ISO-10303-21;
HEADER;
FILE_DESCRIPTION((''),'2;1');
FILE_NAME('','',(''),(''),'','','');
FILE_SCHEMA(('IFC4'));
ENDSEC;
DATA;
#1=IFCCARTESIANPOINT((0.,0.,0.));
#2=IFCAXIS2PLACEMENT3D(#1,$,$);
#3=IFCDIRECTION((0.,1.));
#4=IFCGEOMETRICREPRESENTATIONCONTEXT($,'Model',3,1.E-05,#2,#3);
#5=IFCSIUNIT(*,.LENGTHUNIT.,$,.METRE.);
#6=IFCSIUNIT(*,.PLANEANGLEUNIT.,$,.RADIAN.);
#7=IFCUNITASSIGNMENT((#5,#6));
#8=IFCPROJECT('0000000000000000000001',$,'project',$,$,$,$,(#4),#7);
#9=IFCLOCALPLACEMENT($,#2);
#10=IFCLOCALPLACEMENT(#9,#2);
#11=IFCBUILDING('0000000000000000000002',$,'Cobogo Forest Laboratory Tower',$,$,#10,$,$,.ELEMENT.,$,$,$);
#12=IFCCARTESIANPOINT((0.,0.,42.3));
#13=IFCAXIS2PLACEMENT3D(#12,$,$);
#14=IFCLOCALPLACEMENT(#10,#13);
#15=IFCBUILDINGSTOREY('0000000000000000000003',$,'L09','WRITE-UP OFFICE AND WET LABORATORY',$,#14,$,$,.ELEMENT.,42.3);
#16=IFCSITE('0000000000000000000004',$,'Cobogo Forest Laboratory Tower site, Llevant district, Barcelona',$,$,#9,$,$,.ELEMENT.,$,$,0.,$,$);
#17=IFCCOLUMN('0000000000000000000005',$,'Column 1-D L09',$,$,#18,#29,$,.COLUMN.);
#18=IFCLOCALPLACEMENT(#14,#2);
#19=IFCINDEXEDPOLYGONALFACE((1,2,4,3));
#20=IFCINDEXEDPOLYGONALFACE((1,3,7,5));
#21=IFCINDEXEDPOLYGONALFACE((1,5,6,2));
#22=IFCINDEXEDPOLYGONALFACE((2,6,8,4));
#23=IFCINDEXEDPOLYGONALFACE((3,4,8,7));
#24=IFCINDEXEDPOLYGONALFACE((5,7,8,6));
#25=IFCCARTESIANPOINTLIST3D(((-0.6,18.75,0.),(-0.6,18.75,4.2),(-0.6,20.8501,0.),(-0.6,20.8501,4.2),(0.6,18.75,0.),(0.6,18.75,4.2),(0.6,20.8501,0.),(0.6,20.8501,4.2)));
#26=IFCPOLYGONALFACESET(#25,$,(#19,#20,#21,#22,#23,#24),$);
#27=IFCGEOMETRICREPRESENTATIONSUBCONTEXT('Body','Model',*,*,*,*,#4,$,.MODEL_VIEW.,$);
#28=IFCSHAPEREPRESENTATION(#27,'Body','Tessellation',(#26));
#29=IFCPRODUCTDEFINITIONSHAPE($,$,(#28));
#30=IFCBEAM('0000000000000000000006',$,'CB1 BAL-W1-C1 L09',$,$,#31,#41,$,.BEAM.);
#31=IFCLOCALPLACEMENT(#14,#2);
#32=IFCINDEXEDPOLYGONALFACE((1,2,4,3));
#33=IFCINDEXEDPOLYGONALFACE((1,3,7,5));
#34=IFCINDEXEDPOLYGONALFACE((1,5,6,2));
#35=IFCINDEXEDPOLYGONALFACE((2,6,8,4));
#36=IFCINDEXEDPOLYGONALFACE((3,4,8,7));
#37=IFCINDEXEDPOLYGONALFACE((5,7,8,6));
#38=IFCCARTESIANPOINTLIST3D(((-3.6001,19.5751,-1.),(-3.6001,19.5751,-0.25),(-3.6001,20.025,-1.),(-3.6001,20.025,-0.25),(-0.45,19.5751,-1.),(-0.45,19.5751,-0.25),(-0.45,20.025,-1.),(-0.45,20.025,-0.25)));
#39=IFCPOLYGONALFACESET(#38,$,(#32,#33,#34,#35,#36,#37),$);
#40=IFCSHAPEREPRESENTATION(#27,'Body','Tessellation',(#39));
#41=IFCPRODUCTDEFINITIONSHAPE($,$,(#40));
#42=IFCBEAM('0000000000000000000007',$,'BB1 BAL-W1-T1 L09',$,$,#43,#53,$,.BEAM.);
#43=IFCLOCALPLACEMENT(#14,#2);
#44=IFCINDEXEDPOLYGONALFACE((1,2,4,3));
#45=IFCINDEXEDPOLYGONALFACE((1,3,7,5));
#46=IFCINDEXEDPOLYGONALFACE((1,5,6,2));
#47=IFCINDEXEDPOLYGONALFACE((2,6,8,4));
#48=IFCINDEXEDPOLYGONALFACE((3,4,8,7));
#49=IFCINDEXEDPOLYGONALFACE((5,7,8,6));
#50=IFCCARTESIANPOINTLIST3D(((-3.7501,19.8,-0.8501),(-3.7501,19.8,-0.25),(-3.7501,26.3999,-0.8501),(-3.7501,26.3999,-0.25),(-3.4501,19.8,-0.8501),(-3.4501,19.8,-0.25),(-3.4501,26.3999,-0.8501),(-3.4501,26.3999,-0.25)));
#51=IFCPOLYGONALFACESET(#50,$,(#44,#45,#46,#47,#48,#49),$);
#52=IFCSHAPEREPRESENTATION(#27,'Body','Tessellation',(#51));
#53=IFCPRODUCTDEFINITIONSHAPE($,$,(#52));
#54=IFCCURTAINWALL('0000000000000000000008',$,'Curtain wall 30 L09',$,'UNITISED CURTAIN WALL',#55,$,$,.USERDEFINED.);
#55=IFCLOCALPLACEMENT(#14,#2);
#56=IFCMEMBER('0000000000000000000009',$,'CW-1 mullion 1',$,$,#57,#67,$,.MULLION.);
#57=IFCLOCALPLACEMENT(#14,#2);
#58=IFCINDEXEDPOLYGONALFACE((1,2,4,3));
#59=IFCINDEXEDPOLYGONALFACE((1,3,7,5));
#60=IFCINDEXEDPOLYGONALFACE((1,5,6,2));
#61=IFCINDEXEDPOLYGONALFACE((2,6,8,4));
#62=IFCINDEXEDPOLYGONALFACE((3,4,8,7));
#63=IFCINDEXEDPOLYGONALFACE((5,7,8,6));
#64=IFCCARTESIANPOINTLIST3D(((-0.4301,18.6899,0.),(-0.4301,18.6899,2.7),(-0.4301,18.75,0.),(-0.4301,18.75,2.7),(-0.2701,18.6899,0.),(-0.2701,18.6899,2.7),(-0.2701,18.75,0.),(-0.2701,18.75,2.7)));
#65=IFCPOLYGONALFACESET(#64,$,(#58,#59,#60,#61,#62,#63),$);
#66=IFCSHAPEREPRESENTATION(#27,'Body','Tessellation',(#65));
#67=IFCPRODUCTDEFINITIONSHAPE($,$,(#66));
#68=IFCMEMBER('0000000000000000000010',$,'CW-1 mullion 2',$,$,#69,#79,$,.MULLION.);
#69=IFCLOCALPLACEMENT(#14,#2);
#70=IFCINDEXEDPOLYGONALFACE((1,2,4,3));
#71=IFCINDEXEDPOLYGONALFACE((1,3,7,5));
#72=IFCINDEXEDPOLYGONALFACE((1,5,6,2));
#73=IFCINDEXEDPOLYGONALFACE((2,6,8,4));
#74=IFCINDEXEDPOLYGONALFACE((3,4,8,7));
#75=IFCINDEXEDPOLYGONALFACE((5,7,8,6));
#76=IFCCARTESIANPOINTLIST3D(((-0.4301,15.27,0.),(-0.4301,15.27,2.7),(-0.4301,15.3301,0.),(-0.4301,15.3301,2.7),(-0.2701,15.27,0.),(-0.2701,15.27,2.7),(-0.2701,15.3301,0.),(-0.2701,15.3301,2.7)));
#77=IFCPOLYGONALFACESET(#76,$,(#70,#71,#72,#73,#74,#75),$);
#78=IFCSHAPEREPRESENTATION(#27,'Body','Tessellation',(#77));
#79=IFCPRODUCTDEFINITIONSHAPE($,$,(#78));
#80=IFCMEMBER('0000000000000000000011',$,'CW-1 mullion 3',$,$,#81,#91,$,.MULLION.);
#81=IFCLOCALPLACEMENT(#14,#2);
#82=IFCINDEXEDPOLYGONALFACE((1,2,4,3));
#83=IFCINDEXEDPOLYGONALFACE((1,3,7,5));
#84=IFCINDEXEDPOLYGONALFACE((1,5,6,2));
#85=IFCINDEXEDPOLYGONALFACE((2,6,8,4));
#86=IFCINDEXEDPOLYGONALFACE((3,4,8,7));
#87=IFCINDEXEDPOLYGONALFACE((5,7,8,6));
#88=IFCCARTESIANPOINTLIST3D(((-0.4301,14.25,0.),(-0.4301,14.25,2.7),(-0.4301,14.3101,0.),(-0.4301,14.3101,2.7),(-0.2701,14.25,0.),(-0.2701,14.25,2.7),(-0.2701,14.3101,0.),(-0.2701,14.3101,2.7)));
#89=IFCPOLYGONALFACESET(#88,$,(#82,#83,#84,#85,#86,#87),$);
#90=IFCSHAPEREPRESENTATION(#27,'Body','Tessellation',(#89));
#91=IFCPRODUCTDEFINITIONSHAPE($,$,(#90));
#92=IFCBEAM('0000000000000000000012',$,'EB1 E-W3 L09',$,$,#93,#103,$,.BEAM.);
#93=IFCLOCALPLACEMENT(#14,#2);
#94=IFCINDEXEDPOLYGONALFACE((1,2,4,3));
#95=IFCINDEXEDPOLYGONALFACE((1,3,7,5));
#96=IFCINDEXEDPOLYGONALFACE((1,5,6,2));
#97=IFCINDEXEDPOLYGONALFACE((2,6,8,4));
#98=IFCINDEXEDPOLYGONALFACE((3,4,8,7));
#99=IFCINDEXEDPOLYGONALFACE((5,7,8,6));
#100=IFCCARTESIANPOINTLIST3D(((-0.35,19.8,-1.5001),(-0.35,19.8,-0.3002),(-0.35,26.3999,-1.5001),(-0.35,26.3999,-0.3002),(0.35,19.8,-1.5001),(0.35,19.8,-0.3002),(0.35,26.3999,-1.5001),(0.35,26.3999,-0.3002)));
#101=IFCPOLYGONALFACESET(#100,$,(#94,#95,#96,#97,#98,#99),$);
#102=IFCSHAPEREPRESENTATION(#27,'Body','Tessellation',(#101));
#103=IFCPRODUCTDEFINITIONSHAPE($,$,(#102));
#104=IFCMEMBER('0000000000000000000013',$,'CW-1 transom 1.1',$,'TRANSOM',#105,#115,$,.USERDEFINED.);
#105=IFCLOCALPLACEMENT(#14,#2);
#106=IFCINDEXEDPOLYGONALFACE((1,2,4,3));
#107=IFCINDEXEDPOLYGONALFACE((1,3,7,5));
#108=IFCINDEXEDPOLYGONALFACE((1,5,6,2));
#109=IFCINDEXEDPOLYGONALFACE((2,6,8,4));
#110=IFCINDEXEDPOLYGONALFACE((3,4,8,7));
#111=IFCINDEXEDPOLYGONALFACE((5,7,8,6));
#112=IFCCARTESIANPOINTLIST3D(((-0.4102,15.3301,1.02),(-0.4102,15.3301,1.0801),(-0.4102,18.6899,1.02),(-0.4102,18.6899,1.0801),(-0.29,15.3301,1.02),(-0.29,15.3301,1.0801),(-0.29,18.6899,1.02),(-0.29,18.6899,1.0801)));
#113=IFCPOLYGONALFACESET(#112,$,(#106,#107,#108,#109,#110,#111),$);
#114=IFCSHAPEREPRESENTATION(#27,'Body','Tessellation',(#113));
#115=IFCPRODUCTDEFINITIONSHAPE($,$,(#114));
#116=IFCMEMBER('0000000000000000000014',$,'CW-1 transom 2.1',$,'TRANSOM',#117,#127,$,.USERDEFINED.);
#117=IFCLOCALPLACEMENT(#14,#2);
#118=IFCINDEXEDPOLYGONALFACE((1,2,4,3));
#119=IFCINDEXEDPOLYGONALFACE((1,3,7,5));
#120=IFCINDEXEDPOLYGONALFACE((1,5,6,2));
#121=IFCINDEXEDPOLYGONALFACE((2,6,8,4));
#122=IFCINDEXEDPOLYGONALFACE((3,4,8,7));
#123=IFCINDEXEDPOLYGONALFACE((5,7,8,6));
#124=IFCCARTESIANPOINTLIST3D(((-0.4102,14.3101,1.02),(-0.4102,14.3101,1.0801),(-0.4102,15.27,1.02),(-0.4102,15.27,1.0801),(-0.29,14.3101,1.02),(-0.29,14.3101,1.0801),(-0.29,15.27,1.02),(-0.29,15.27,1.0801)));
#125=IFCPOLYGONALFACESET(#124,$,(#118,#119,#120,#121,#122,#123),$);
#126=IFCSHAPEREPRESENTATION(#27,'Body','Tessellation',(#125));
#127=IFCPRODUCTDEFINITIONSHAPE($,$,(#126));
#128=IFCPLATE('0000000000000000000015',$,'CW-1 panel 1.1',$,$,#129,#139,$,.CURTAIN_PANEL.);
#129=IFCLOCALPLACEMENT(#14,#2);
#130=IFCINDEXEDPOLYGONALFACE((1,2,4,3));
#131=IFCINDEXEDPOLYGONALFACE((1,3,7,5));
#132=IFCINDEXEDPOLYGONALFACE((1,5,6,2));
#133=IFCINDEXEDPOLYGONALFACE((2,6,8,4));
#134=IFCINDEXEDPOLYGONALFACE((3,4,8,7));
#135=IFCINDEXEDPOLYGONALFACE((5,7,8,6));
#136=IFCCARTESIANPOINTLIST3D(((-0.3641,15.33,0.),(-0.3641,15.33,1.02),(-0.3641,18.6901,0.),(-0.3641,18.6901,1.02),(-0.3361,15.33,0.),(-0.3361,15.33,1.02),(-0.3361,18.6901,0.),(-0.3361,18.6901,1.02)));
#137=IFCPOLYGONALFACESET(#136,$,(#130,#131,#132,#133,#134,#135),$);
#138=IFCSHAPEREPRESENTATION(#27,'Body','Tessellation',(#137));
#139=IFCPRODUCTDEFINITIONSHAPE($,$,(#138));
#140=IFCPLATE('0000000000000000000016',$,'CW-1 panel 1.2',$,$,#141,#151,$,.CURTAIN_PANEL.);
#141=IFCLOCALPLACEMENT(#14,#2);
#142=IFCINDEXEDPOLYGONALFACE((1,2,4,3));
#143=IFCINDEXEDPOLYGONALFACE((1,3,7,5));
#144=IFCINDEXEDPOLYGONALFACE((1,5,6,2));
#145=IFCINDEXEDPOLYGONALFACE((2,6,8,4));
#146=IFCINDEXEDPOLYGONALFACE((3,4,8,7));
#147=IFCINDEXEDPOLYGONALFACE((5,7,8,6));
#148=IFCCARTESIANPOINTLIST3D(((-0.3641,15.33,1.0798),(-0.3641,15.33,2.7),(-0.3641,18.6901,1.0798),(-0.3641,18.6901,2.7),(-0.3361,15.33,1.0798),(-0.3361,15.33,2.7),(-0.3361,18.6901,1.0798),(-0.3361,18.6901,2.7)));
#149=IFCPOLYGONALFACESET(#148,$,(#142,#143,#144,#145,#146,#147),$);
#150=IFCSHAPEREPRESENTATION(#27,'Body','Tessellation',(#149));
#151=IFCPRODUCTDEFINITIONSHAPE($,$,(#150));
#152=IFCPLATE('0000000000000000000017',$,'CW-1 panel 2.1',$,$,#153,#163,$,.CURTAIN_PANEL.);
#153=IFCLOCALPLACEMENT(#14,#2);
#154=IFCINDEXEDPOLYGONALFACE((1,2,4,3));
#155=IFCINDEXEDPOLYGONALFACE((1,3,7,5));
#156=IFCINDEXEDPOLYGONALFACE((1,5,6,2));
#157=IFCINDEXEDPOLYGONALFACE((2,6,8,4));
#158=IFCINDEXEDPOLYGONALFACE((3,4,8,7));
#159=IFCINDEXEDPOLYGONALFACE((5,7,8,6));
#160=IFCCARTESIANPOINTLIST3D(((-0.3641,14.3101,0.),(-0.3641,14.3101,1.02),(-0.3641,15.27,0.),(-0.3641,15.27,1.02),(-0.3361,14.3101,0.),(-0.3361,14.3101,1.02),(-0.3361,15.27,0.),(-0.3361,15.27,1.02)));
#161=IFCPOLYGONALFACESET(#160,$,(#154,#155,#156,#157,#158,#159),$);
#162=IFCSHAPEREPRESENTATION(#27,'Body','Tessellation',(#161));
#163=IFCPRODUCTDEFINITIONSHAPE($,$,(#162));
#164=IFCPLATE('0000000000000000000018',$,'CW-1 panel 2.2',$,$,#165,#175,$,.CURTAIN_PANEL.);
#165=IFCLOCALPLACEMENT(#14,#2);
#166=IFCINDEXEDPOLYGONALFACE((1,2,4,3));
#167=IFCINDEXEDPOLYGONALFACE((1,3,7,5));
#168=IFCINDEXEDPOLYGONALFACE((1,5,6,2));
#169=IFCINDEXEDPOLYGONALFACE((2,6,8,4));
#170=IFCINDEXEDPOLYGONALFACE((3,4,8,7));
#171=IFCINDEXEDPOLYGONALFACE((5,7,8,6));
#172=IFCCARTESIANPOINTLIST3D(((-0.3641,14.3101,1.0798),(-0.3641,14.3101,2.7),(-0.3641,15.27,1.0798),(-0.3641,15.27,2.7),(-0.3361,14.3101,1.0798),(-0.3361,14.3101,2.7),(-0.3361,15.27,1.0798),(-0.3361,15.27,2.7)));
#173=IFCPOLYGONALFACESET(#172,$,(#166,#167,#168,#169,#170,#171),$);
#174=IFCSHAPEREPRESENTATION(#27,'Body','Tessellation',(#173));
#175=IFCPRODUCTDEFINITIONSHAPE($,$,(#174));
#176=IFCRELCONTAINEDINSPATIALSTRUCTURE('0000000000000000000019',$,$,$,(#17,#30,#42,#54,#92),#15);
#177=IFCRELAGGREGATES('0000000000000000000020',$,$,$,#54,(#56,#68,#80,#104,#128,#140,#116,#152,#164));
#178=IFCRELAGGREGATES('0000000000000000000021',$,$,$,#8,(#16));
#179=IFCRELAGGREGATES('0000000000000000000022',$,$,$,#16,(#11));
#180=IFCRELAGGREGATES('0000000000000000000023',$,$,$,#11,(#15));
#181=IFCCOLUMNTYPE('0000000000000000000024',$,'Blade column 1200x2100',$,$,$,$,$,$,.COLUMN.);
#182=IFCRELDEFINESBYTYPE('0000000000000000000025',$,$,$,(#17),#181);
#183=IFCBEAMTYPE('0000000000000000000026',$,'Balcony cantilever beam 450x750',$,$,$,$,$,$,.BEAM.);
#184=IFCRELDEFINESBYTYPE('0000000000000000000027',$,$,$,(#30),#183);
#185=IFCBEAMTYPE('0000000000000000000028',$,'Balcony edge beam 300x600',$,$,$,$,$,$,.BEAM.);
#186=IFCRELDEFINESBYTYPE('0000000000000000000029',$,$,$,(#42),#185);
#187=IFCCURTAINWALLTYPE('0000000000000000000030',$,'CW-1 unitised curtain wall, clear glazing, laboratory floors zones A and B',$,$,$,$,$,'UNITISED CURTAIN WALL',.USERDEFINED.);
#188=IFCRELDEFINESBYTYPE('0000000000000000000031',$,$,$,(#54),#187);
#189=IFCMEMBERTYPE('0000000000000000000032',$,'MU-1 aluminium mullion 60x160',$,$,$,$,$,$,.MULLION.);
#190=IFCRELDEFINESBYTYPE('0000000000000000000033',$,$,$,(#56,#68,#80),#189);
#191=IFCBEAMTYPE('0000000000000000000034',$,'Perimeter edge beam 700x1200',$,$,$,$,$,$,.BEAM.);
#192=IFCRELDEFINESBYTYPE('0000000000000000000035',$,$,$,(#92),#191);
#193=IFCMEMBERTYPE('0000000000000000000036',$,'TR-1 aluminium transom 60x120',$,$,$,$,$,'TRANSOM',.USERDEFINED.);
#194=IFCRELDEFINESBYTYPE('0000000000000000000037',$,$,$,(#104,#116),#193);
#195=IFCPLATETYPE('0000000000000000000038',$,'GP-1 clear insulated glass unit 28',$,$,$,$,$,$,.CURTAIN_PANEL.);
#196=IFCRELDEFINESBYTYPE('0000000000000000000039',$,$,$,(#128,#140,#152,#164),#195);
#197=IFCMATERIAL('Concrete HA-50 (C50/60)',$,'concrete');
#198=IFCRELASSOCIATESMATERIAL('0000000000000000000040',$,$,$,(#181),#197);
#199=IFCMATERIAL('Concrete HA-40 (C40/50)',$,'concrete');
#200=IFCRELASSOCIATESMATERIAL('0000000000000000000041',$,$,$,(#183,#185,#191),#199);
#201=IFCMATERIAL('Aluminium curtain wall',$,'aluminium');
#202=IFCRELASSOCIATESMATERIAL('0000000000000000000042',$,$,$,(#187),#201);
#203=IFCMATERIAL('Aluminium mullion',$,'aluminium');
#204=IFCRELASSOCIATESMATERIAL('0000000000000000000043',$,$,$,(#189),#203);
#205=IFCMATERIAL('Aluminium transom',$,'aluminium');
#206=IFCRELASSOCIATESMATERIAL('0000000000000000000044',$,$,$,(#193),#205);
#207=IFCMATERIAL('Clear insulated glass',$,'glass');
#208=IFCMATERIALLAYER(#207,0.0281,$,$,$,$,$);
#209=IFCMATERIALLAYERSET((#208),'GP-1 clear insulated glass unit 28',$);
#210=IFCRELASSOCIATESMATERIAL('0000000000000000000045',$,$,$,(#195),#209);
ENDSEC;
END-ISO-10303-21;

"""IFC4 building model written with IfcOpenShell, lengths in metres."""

from ifc_helpers import new_model, si_unit, direction, frame, origin, origin_2d, place, context, subcontext, project, spatial, rectangle, extrude, material, layer, layer_set, material_profile, profile_set, type_object, element, aggregate, save


model = new_model("IFC4")

# Units and contexts
model_context = context("Model", 3, precision=1e-05, world=origin(), true_north=direction((0.0, 1.0)))
body_context = subcontext(model_context, "Body", "Model", "MODEL_VIEW")
ifc_project = project(units=[si_unit("LENGTHUNIT", "METRE"), si_unit("PLANEANGLEUNIT", "RADIAN")], contexts=[model_context])

# Site, building, storey
site_placement = place(None, origin())
site = spatial("IfcSite", under=ifc_project, at=site_placement, Name="Cobogo Forest Laboratory Tower site, Llevant district, Barcelona", CompositionType="ELEMENT", RefElevation=0.0)
building_placement = place(site_placement, origin())
building = spatial("IfcBuilding", under=site, at=building_placement, Name="Cobogo Forest Laboratory Tower", CompositionType="ELEMENT")
storey_placement = place(building_placement, frame((0.0, 0.0, 42.3)))
storey = spatial("IfcBuildingStorey", under=building, at=storey_placement, Name="L09", Description="WRITE-UP OFFICE AND WET LABORATORY", CompositionType="ELEMENT", Elevation=42.3)

# Column
ifc_material_1 = material(Name="Concrete HA-50 (C50/60)", Category="concrete")
ifc_material_profile_1 = material_profile(ifc_material_1, rectangle(XDim=2.1001, YDim=1.2, at=origin_2d()), Name="RC 1200x2100")
ifc_profile_set_1 = profile_set([ifc_material_profile_1], Name="Concrete HA-50 (C50/60)")
column_type = type_object("IfcColumnType", Name="Blade column 1200x2100", PredefinedType="COLUMN", material=ifc_profile_set_1)
column_placement = place(storey_placement, frame((0.0, 19.8, 0.0), z_axis=(0.0, 0.0, 1.0), x_axis=(0.0, 1.0, 0.0)))
element("IfcColumn", 1, at=column_placement, inside=storey, type_object=column_type, Name="Column 1-D L09", PredefinedType="COLUMN", context=body_context, shape_type="SweptSolid", body=[
    extrude(rectangle(XDim=2.1001, YDim=1.2, at=origin_2d()), origin(), (0.0, 0.0, 1.0), 4.2),
])

# Beams
ifc_material_2 = material(Name="Concrete HA-40 (C40/50)", Category="concrete")
ifc_material_profile_2 = material_profile(ifc_material_2, rectangle(XDim=0.45, YDim=0.75, at=origin_2d()), Name="RC 450x750")
ifc_profile_set_2 = profile_set([ifc_material_profile_2], Name="Concrete HA-40 (C40/50)")
beam_type_1 = type_object("IfcBeamType", Name="Balcony cantilever beam 450x750", PredefinedType="BEAM", material=ifc_profile_set_2)
beam_1_placement = place(storey_placement, frame((-0.45, 19.8, -0.625), z_axis=(-1.0, 0.0, 0.0), x_axis=(0.0, -1.0, 0.0)))
element("IfcBeam", 2, at=beam_1_placement, inside=storey, type_object=beam_type_1, Name="CB1 BAL-W1-C1 L09", PredefinedType="BEAM", context=body_context, shape_type="SweptSolid", body=[
    extrude(rectangle(XDim=0.45, YDim=0.75, at=origin_2d()), origin(), (0.0, 0.0, 1.0), 3.1501),
])
ifc_material_profile_3 = material_profile(ifc_material_2, rectangle(XDim=0.3, YDim=0.6001, at=origin_2d()), Name="RC 300x600")
ifc_profile_set_3 = profile_set([ifc_material_profile_3], Name="Concrete HA-40 (C40/50)")
beam_type_2 = type_object("IfcBeamType", Name="Balcony edge beam 300x600", PredefinedType="BEAM", material=ifc_profile_set_3)
beam_2_placement = place(storey_placement, frame((-3.6001, 19.8, -0.55), z_axis=(0.0, 1.0, 0.0), x_axis=(-1.0, 0.0, 0.0)))
element("IfcBeam", 3, at=beam_2_placement, inside=storey, type_object=beam_type_2, Name="BB1 BAL-W1-T1 L09", PredefinedType="BEAM", context=body_context, shape_type="SweptSolid", body=[
    extrude(rectangle(XDim=0.3, YDim=0.6001, at=origin_2d()), origin(), (0.0, 0.0, 1.0), 6.5999),
])

# Curtain wall, members
ifc_material_3 = material(Name="Aluminium curtain wall", Category="aluminium")
curtain_wall_type = type_object("IfcCurtainWallType", Name="CW-1 unitised curtain wall, clear glazing, laboratory floors zones A and B", ElementType="UNITISED CURTAIN WALL", PredefinedType="USERDEFINED", material=ifc_material_3)
curtain_wall_placement = place(storey_placement, origin())
curtain_wall = element("IfcCurtainWall", 4, at=curtain_wall_placement, inside=storey, type_object=curtain_wall_type, Name="Curtain wall 30 L09", ObjectType="UNITISED CURTAIN WALL", PredefinedType="USERDEFINED")
ifc_material_4 = material(Name="Aluminium mullion", Category="aluminium")
ifc_material_profile_4 = material_profile(ifc_material_4, rectangle(XDim=0.0601, YDim=0.1599, at=origin_2d()), Name="AL 60x160")
ifc_profile_set_4 = profile_set([ifc_material_profile_4], Name="Aluminium mullion")
member_type_1 = type_object("IfcMemberType", Name="MU-1 aluminium mullion 60x160", PredefinedType="MULLION", material=ifc_profile_set_4)
member_1_placement = place(storey_placement, frame((-0.3501, 18.72, 0.0), z_axis=(0.0, 0.0, 1.0), x_axis=(0.0, -1.0, 0.0)))
member_1 = element("IfcMember", 5, at=member_1_placement, type_object=member_type_1, Name="CW-1 mullion 1", PredefinedType="MULLION", context=body_context, shape_type="SweptSolid", body=[
    extrude(rectangle(XDim=0.0601, YDim=0.1599, at=origin_2d()), origin(), (0.0, 0.0, 1.0), 2.7),
])
member_2_placement = place(storey_placement, frame((-0.3501, 15.3, 0.0), z_axis=(0.0, 0.0, 1.0), x_axis=(0.0, -1.0, 0.0)))
member_2 = element("IfcMember", 6, at=member_2_placement, type_object=member_type_1, Name="CW-1 mullion 2", PredefinedType="MULLION", context=body_context, shape_type="SweptSolid", body=[
    extrude(rectangle(XDim=0.0601, YDim=0.1599, at=origin_2d()), origin(), (0.0, 0.0, 1.0), 2.7),
])
member_3_placement = place(storey_placement, frame((-0.3501, 14.28, 0.0), z_axis=(0.0, 0.0, 1.0), x_axis=(0.0, -1.0, 0.0)))
member_3 = element("IfcMember", 7, at=member_3_placement, type_object=member_type_1, Name="CW-1 mullion 3", PredefinedType="MULLION", context=body_context, shape_type="SweptSolid", body=[
    extrude(rectangle(XDim=0.0601, YDim=0.1599, at=origin_2d()), origin(), (0.0, 0.0, 1.0), 2.7),
])

# Beam
ifc_material_profile_5 = material_profile(ifc_material_2, rectangle(XDim=0.7, YDim=1.2, at=origin_2d()), Name="RC 700x1200")
ifc_profile_set_5 = profile_set([ifc_material_profile_5], Name="Concrete HA-40 (C40/50)")
beam_type_3 = type_object("IfcBeamType", Name="Perimeter edge beam 700x1200", PredefinedType="BEAM", material=ifc_profile_set_5)
beam_3_placement = place(storey_placement, frame((0.0, 19.8, -0.9001), z_axis=(0.0, 1.0, 0.0), x_axis=(-1.0, 0.0, 0.0)))
element("IfcBeam", 8, at=beam_3_placement, inside=storey, type_object=beam_type_3, Name="EB1 E-W3 L09", PredefinedType="BEAM", context=body_context, shape_type="SweptSolid", body=[
    extrude(rectangle(XDim=0.7, YDim=1.2, at=origin_2d()), origin(), (0.0, 0.0, 1.0), 6.5999),
])

# Members
ifc_material_5 = material(Name="Aluminium transom", Category="aluminium")
ifc_material_profile_6 = material_profile(ifc_material_5, rectangle(XDim=0.1201, YDim=0.0601, at=origin_2d()), Name="AL 60x120")
ifc_profile_set_6 = profile_set([ifc_material_profile_6], Name="Aluminium transom")
member_type_2 = type_object("IfcMemberType", Name="TR-1 aluminium transom 60x120", ElementType="TRANSOM", PredefinedType="USERDEFINED", material=ifc_profile_set_6)
member_4_placement = place(storey_placement, frame((-0.3501, 18.6899, 1.05), z_axis=(0.0, -1.0, 0.0), x_axis=(1.0, 0.0, 0.0)))
member_4 = element("IfcMember", 9, at=member_4_placement, type_object=member_type_2, Name="CW-1 transom 1.1", ObjectType="TRANSOM", PredefinedType="USERDEFINED", context=body_context, shape_type="SweptSolid", body=[
    extrude(rectangle(XDim=0.1201, YDim=0.0601, at=origin_2d()), origin(), (0.0, 0.0, 1.0), 3.3599),
])
member_5_placement = place(storey_placement, frame((-0.3501, 15.27, 1.05), z_axis=(0.0, -1.0, 0.0), x_axis=(1.0, 0.0, 0.0)))
member_5 = element("IfcMember", 10, at=member_5_placement, type_object=member_type_2, Name="CW-1 transom 2.1", ObjectType="TRANSOM", PredefinedType="USERDEFINED", context=body_context, shape_type="SweptSolid", body=[
    extrude(rectangle(XDim=0.1201, YDim=0.0601, at=origin_2d()), origin(), (0.0, 0.0, 1.0), 0.96),
])

# Plates
ifc_material_6 = material(Name="Clear insulated glass", Category="glass")
ifc_layer_1 = layer(ifc_material_6, 0.0281)
ifc_layer_set_1 = layer_set([ifc_layer_1], Name="GP-1 clear insulated glass unit 28")
plate_type_1 = type_object("IfcPlateType", Name="GP-1 clear insulated glass unit 28", PredefinedType="CURTAIN_PANEL", material=ifc_layer_set_1)
plate_1_placement = place(storey_placement, frame((-0.3501, 17.01, 0.0), z_axis=(0.0, 0.0, 1.0), x_axis=(0.0, -1.0, 0.0)))
plate_1 = element("IfcPlate", 11, at=plate_1_placement, type_object=plate_type_1, Name="CW-1 panel 1.1", PredefinedType="CURTAIN_PANEL", context=body_context, shape_type="SweptSolid", body=[
    extrude(rectangle(XDim=3.3601, YDim=0.0281, at=origin_2d()), origin(), (0.0, 0.0, 1.0), 1.02),
])
plate_2_placement = place(storey_placement, frame((-0.3501, 17.01, 1.0798), z_axis=(0.0, 0.0, 1.0), x_axis=(0.0, -1.0, 0.0)))
plate_2 = element("IfcPlate", 12, at=plate_2_placement, type_object=plate_type_1, Name="CW-1 panel 1.2", PredefinedType="CURTAIN_PANEL", context=body_context, shape_type="SweptSolid", body=[
    extrude(rectangle(XDim=3.3601, YDim=0.0281, at=origin_2d()), origin(), (0.0, 0.0, 1.0), 1.6201),
])
plate_3_placement = place(storey_placement, frame((-0.3501, 14.79, 0.0), z_axis=(0.0, 0.0, 1.0), x_axis=(0.0, -1.0, 0.0)))
plate_3 = element("IfcPlate", 13, at=plate_3_placement, type_object=plate_type_1, Name="CW-1 panel 2.1", PredefinedType="CURTAIN_PANEL", context=body_context, shape_type="SweptSolid", body=[
    extrude(rectangle(XDim=0.96, YDim=0.0281, at=origin_2d()), origin(), (0.0, 0.0, 1.0), 1.02),
])
plate_4_placement = place(storey_placement, frame((-0.3501, 14.79, 1.0798), z_axis=(0.0, 0.0, 1.0), x_axis=(0.0, -1.0, 0.0)))
plate_4 = element("IfcPlate", 14, at=plate_4_placement, type_object=plate_type_1, Name="CW-1 panel 2.2", PredefinedType="CURTAIN_PANEL", context=body_context, shape_type="SweptSolid", body=[
    extrude(rectangle(XDim=0.96, YDim=0.0281, at=origin_2d()), origin(), (0.0, 0.0, 1.0), 1.6201),
])
aggregate(curtain_wall, [member_1, member_2, member_3, member_4, plate_1, plate_2, member_5, plate_3, plate_4])

save(model, "model.ifc")
